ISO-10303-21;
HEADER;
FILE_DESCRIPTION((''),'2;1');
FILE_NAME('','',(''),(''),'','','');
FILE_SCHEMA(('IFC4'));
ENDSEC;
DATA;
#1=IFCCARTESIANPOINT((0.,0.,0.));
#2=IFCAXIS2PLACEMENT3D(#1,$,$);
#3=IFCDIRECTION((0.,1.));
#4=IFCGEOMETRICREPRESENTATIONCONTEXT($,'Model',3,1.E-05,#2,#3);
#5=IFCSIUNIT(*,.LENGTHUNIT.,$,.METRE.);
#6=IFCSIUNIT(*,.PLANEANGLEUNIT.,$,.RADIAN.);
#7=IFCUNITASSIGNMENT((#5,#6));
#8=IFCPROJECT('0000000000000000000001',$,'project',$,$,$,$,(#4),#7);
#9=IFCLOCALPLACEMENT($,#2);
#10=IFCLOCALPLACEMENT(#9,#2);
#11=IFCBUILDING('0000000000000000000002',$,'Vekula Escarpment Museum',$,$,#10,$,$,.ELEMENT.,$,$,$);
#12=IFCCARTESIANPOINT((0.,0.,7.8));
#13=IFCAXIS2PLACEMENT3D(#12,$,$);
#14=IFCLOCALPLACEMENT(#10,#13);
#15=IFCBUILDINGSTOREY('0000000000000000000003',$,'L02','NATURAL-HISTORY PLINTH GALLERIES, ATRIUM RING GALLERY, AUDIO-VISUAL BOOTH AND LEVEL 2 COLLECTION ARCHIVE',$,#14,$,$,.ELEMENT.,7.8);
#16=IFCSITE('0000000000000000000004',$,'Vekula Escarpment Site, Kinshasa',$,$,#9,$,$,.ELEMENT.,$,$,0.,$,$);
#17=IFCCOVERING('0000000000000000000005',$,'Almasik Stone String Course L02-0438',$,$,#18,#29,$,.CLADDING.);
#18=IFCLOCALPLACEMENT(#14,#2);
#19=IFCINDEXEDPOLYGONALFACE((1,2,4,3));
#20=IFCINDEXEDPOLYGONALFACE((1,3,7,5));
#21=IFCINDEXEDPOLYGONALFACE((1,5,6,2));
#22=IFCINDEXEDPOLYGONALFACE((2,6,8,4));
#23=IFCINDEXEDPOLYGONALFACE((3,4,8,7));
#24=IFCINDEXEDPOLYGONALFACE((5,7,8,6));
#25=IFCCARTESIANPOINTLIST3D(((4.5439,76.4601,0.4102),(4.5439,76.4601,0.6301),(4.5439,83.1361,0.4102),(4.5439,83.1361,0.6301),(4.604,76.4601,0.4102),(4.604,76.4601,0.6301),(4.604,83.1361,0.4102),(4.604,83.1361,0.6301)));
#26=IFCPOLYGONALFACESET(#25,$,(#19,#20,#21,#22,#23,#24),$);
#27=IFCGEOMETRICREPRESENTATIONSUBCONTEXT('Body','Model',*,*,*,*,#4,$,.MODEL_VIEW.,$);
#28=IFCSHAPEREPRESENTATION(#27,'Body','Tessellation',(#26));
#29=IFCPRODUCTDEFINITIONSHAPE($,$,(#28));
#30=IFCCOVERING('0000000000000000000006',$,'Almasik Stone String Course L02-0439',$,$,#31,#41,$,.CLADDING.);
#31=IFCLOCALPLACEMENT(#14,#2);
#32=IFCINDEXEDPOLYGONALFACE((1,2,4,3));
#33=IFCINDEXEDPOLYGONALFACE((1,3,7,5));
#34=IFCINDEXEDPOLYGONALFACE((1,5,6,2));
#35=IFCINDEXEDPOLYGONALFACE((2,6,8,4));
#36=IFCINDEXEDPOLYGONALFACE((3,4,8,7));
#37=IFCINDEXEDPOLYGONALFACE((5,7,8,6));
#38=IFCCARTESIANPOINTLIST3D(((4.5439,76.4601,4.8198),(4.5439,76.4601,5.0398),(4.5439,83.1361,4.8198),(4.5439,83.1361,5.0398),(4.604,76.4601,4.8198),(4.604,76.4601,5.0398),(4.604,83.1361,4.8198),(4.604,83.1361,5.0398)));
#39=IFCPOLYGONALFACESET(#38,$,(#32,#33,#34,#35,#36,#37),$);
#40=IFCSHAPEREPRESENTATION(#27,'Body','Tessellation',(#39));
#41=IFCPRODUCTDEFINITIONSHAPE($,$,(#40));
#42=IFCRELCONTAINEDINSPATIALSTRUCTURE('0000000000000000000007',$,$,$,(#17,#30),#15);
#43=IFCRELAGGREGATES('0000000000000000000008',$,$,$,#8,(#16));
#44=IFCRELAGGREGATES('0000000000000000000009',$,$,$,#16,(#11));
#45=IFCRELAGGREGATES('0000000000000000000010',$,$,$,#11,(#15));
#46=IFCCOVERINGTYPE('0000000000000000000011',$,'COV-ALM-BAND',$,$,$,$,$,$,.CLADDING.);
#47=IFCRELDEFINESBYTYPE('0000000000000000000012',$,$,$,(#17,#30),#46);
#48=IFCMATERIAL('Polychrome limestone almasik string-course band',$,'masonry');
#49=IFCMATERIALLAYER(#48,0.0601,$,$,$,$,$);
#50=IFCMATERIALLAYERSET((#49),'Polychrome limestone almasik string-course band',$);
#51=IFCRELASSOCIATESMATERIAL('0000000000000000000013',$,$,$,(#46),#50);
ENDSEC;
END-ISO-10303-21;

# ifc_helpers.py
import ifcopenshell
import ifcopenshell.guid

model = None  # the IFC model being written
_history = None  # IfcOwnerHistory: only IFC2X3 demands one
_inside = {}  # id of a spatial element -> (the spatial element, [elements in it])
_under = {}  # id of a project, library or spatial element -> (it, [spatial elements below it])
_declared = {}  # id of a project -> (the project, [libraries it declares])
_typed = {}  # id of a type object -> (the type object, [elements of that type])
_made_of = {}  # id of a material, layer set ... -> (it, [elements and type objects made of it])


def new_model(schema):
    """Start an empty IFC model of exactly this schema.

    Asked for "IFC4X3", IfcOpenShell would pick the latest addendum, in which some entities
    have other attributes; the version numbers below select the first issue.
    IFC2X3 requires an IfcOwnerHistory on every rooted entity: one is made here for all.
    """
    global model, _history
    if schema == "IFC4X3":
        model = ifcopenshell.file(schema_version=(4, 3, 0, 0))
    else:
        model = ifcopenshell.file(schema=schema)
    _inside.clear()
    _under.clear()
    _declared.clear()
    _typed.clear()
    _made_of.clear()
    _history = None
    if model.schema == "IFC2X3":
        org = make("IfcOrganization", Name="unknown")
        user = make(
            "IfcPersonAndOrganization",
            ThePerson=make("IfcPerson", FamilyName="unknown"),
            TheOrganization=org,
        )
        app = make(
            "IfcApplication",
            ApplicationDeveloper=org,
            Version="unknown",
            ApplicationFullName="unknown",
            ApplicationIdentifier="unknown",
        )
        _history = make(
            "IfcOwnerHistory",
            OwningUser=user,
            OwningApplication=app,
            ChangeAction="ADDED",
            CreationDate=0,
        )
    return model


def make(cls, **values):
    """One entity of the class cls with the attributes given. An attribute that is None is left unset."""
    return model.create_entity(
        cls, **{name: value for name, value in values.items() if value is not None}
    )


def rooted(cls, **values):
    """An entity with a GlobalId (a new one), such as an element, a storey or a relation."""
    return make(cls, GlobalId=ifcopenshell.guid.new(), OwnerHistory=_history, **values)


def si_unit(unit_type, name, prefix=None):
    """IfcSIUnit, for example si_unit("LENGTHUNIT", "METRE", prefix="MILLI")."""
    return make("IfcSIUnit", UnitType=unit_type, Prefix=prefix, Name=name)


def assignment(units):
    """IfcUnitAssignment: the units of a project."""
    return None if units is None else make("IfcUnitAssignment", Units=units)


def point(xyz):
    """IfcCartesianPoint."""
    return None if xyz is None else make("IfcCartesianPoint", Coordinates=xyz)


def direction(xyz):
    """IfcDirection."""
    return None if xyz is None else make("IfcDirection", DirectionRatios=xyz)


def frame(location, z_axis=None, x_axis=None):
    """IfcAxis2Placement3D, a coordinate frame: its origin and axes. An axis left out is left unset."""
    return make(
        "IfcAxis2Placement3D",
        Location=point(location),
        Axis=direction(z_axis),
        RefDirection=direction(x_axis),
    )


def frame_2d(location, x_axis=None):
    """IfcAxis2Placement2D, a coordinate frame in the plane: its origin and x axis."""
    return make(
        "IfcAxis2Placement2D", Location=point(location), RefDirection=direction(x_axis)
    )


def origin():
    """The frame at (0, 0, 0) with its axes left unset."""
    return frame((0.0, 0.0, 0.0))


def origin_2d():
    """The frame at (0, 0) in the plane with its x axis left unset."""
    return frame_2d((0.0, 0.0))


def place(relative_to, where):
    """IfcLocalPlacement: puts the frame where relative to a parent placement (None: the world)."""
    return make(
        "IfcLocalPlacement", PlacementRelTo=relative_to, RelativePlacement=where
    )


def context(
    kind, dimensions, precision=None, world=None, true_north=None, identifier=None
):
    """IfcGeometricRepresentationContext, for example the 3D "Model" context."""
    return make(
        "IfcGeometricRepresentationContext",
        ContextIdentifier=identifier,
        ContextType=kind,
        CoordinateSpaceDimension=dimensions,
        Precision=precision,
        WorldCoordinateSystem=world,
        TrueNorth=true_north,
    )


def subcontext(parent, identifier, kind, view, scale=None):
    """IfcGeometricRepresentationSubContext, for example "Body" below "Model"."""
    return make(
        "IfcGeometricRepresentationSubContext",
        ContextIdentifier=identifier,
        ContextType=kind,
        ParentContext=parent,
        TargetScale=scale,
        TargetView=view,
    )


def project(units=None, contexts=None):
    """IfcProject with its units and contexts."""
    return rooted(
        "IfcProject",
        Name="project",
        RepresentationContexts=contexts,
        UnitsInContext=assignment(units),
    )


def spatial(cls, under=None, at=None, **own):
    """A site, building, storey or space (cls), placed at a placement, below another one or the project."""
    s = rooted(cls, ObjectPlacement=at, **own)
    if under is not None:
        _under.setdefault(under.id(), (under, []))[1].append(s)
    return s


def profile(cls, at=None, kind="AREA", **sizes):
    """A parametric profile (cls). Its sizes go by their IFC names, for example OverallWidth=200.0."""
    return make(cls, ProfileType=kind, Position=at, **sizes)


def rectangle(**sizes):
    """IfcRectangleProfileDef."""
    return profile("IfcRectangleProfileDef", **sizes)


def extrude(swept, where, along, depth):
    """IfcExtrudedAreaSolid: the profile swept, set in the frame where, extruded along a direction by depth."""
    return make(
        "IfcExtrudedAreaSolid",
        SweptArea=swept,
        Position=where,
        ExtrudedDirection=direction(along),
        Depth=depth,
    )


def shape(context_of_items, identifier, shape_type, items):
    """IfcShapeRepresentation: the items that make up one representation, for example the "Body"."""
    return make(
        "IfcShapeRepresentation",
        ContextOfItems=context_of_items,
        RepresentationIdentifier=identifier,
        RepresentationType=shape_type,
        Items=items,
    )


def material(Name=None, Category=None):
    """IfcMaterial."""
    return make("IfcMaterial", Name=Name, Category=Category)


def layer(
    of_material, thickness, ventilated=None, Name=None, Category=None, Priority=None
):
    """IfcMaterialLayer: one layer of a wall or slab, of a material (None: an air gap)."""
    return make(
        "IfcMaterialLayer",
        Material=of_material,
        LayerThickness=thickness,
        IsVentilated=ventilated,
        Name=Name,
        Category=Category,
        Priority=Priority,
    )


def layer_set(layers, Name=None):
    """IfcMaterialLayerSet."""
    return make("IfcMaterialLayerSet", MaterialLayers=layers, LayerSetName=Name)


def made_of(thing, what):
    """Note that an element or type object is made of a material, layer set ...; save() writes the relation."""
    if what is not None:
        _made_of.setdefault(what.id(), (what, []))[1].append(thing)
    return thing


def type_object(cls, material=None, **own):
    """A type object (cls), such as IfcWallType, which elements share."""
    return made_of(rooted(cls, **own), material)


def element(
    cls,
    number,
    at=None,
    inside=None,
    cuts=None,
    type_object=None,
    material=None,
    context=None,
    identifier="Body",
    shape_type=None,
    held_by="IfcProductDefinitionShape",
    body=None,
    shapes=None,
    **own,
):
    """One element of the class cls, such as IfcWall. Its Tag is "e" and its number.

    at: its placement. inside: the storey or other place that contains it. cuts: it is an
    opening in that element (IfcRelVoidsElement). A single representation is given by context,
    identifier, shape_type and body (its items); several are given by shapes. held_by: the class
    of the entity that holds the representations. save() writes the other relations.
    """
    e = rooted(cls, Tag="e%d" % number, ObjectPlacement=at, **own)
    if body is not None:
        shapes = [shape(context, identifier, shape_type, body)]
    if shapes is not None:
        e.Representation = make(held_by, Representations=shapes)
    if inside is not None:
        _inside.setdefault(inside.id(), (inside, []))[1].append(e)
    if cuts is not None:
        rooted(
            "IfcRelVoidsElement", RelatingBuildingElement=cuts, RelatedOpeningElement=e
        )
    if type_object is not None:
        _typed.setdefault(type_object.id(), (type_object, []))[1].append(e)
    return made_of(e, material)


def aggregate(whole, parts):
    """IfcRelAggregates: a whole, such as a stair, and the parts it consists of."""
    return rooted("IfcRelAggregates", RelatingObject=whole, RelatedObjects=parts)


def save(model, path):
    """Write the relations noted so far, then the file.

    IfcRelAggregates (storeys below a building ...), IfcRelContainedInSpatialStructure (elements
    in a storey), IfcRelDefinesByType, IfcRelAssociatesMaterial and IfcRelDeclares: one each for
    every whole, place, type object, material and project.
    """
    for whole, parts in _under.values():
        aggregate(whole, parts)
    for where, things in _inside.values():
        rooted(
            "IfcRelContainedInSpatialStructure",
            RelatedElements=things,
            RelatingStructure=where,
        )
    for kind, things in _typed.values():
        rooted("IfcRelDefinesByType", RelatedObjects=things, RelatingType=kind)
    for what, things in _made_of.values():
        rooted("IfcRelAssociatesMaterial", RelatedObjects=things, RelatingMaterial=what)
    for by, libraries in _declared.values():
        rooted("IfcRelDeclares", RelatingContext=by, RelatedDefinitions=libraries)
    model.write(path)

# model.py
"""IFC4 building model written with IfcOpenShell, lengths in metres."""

from ifc_helpers import new_model, si_unit, direction, frame, origin, origin_2d, place, context, subcontext, project, spatial, rectangle, extrude, material, layer, layer_set, type_object, element, save


model = new_model("IFC4")

# Units and contexts
model_context = context("Model", 3, precision=1e-05, world=origin(), true_north=direction((0.0, 1.0)))
body_context = subcontext(model_context, "Body", "Model", "MODEL_VIEW")
ifc_project = project(units=[si_unit("LENGTHUNIT", "METRE"), si_unit("PLANEANGLEUNIT", "RADIAN")], contexts=[model_context])

# Site, building, storey
site_placement = place(None, origin())
site = spatial("IfcSite", under=ifc_project, at=site_placement, Name="Vekula Escarpment Site, Kinshasa", CompositionType="ELEMENT", RefElevation=0.0)
building_placement = place(site_placement, origin())
building = spatial("IfcBuilding", under=site, at=building_placement, Name="Vekula Escarpment Museum", CompositionType="ELEMENT")
storey_placement = place(building_placement, frame((0.0, 0.0, 7.8)))
storey = spatial("IfcBuildingStorey", under=building, at=storey_placement, Name="L02", Description="NATURAL-HISTORY PLINTH GALLERIES, ATRIUM RING GALLERY, AUDIO-VISUAL BOOTH AND LEVEL 2 COLLECTION ARCHIVE", CompositionType="ELEMENT", Elevation=7.8)

# Coverings
ifc_material_1 = material(Name="Polychrome limestone almasik string-course band", Category="masonry")
ifc_layer_1 = layer(ifc_material_1, 0.0601)
ifc_layer_set_1 = layer_set([ifc_layer_1], Name="Polychrome limestone almasik string-course band")
covering_type = type_object("IfcCoveringType", Name="COV-ALM-BAND", PredefinedType="CLADDING", material=ifc_layer_set_1)
for number, where, z_axis, x_axis, name in (
    (1, (4.574, 79.7981, 0.4102), (0.0, 0.0, 1.0), (0.0, 1.0, 0.0), "Almasik Stone String Course L02-0438"),
    (2, (4.574, 79.7981, 4.8198), (0.0, 0.0, 1.0), (0.0, 1.0, 0.0), "Almasik Stone String Course L02-0439"),
):
    element("IfcCovering", number, at=place(storey_placement, frame(where, z_axis=z_axis, x_axis=x_axis)), inside=storey, type_object=covering_type, Name=name, PredefinedType="CLADDING", context=body_context, shape_type="SweptSolid", body=[
        extrude(rectangle(XDim=6.676, YDim=0.0601, at=origin_2d()), origin(), (0.0, 0.0, 1.0), 0.22),
    ])

save(model, "model.ifc")
